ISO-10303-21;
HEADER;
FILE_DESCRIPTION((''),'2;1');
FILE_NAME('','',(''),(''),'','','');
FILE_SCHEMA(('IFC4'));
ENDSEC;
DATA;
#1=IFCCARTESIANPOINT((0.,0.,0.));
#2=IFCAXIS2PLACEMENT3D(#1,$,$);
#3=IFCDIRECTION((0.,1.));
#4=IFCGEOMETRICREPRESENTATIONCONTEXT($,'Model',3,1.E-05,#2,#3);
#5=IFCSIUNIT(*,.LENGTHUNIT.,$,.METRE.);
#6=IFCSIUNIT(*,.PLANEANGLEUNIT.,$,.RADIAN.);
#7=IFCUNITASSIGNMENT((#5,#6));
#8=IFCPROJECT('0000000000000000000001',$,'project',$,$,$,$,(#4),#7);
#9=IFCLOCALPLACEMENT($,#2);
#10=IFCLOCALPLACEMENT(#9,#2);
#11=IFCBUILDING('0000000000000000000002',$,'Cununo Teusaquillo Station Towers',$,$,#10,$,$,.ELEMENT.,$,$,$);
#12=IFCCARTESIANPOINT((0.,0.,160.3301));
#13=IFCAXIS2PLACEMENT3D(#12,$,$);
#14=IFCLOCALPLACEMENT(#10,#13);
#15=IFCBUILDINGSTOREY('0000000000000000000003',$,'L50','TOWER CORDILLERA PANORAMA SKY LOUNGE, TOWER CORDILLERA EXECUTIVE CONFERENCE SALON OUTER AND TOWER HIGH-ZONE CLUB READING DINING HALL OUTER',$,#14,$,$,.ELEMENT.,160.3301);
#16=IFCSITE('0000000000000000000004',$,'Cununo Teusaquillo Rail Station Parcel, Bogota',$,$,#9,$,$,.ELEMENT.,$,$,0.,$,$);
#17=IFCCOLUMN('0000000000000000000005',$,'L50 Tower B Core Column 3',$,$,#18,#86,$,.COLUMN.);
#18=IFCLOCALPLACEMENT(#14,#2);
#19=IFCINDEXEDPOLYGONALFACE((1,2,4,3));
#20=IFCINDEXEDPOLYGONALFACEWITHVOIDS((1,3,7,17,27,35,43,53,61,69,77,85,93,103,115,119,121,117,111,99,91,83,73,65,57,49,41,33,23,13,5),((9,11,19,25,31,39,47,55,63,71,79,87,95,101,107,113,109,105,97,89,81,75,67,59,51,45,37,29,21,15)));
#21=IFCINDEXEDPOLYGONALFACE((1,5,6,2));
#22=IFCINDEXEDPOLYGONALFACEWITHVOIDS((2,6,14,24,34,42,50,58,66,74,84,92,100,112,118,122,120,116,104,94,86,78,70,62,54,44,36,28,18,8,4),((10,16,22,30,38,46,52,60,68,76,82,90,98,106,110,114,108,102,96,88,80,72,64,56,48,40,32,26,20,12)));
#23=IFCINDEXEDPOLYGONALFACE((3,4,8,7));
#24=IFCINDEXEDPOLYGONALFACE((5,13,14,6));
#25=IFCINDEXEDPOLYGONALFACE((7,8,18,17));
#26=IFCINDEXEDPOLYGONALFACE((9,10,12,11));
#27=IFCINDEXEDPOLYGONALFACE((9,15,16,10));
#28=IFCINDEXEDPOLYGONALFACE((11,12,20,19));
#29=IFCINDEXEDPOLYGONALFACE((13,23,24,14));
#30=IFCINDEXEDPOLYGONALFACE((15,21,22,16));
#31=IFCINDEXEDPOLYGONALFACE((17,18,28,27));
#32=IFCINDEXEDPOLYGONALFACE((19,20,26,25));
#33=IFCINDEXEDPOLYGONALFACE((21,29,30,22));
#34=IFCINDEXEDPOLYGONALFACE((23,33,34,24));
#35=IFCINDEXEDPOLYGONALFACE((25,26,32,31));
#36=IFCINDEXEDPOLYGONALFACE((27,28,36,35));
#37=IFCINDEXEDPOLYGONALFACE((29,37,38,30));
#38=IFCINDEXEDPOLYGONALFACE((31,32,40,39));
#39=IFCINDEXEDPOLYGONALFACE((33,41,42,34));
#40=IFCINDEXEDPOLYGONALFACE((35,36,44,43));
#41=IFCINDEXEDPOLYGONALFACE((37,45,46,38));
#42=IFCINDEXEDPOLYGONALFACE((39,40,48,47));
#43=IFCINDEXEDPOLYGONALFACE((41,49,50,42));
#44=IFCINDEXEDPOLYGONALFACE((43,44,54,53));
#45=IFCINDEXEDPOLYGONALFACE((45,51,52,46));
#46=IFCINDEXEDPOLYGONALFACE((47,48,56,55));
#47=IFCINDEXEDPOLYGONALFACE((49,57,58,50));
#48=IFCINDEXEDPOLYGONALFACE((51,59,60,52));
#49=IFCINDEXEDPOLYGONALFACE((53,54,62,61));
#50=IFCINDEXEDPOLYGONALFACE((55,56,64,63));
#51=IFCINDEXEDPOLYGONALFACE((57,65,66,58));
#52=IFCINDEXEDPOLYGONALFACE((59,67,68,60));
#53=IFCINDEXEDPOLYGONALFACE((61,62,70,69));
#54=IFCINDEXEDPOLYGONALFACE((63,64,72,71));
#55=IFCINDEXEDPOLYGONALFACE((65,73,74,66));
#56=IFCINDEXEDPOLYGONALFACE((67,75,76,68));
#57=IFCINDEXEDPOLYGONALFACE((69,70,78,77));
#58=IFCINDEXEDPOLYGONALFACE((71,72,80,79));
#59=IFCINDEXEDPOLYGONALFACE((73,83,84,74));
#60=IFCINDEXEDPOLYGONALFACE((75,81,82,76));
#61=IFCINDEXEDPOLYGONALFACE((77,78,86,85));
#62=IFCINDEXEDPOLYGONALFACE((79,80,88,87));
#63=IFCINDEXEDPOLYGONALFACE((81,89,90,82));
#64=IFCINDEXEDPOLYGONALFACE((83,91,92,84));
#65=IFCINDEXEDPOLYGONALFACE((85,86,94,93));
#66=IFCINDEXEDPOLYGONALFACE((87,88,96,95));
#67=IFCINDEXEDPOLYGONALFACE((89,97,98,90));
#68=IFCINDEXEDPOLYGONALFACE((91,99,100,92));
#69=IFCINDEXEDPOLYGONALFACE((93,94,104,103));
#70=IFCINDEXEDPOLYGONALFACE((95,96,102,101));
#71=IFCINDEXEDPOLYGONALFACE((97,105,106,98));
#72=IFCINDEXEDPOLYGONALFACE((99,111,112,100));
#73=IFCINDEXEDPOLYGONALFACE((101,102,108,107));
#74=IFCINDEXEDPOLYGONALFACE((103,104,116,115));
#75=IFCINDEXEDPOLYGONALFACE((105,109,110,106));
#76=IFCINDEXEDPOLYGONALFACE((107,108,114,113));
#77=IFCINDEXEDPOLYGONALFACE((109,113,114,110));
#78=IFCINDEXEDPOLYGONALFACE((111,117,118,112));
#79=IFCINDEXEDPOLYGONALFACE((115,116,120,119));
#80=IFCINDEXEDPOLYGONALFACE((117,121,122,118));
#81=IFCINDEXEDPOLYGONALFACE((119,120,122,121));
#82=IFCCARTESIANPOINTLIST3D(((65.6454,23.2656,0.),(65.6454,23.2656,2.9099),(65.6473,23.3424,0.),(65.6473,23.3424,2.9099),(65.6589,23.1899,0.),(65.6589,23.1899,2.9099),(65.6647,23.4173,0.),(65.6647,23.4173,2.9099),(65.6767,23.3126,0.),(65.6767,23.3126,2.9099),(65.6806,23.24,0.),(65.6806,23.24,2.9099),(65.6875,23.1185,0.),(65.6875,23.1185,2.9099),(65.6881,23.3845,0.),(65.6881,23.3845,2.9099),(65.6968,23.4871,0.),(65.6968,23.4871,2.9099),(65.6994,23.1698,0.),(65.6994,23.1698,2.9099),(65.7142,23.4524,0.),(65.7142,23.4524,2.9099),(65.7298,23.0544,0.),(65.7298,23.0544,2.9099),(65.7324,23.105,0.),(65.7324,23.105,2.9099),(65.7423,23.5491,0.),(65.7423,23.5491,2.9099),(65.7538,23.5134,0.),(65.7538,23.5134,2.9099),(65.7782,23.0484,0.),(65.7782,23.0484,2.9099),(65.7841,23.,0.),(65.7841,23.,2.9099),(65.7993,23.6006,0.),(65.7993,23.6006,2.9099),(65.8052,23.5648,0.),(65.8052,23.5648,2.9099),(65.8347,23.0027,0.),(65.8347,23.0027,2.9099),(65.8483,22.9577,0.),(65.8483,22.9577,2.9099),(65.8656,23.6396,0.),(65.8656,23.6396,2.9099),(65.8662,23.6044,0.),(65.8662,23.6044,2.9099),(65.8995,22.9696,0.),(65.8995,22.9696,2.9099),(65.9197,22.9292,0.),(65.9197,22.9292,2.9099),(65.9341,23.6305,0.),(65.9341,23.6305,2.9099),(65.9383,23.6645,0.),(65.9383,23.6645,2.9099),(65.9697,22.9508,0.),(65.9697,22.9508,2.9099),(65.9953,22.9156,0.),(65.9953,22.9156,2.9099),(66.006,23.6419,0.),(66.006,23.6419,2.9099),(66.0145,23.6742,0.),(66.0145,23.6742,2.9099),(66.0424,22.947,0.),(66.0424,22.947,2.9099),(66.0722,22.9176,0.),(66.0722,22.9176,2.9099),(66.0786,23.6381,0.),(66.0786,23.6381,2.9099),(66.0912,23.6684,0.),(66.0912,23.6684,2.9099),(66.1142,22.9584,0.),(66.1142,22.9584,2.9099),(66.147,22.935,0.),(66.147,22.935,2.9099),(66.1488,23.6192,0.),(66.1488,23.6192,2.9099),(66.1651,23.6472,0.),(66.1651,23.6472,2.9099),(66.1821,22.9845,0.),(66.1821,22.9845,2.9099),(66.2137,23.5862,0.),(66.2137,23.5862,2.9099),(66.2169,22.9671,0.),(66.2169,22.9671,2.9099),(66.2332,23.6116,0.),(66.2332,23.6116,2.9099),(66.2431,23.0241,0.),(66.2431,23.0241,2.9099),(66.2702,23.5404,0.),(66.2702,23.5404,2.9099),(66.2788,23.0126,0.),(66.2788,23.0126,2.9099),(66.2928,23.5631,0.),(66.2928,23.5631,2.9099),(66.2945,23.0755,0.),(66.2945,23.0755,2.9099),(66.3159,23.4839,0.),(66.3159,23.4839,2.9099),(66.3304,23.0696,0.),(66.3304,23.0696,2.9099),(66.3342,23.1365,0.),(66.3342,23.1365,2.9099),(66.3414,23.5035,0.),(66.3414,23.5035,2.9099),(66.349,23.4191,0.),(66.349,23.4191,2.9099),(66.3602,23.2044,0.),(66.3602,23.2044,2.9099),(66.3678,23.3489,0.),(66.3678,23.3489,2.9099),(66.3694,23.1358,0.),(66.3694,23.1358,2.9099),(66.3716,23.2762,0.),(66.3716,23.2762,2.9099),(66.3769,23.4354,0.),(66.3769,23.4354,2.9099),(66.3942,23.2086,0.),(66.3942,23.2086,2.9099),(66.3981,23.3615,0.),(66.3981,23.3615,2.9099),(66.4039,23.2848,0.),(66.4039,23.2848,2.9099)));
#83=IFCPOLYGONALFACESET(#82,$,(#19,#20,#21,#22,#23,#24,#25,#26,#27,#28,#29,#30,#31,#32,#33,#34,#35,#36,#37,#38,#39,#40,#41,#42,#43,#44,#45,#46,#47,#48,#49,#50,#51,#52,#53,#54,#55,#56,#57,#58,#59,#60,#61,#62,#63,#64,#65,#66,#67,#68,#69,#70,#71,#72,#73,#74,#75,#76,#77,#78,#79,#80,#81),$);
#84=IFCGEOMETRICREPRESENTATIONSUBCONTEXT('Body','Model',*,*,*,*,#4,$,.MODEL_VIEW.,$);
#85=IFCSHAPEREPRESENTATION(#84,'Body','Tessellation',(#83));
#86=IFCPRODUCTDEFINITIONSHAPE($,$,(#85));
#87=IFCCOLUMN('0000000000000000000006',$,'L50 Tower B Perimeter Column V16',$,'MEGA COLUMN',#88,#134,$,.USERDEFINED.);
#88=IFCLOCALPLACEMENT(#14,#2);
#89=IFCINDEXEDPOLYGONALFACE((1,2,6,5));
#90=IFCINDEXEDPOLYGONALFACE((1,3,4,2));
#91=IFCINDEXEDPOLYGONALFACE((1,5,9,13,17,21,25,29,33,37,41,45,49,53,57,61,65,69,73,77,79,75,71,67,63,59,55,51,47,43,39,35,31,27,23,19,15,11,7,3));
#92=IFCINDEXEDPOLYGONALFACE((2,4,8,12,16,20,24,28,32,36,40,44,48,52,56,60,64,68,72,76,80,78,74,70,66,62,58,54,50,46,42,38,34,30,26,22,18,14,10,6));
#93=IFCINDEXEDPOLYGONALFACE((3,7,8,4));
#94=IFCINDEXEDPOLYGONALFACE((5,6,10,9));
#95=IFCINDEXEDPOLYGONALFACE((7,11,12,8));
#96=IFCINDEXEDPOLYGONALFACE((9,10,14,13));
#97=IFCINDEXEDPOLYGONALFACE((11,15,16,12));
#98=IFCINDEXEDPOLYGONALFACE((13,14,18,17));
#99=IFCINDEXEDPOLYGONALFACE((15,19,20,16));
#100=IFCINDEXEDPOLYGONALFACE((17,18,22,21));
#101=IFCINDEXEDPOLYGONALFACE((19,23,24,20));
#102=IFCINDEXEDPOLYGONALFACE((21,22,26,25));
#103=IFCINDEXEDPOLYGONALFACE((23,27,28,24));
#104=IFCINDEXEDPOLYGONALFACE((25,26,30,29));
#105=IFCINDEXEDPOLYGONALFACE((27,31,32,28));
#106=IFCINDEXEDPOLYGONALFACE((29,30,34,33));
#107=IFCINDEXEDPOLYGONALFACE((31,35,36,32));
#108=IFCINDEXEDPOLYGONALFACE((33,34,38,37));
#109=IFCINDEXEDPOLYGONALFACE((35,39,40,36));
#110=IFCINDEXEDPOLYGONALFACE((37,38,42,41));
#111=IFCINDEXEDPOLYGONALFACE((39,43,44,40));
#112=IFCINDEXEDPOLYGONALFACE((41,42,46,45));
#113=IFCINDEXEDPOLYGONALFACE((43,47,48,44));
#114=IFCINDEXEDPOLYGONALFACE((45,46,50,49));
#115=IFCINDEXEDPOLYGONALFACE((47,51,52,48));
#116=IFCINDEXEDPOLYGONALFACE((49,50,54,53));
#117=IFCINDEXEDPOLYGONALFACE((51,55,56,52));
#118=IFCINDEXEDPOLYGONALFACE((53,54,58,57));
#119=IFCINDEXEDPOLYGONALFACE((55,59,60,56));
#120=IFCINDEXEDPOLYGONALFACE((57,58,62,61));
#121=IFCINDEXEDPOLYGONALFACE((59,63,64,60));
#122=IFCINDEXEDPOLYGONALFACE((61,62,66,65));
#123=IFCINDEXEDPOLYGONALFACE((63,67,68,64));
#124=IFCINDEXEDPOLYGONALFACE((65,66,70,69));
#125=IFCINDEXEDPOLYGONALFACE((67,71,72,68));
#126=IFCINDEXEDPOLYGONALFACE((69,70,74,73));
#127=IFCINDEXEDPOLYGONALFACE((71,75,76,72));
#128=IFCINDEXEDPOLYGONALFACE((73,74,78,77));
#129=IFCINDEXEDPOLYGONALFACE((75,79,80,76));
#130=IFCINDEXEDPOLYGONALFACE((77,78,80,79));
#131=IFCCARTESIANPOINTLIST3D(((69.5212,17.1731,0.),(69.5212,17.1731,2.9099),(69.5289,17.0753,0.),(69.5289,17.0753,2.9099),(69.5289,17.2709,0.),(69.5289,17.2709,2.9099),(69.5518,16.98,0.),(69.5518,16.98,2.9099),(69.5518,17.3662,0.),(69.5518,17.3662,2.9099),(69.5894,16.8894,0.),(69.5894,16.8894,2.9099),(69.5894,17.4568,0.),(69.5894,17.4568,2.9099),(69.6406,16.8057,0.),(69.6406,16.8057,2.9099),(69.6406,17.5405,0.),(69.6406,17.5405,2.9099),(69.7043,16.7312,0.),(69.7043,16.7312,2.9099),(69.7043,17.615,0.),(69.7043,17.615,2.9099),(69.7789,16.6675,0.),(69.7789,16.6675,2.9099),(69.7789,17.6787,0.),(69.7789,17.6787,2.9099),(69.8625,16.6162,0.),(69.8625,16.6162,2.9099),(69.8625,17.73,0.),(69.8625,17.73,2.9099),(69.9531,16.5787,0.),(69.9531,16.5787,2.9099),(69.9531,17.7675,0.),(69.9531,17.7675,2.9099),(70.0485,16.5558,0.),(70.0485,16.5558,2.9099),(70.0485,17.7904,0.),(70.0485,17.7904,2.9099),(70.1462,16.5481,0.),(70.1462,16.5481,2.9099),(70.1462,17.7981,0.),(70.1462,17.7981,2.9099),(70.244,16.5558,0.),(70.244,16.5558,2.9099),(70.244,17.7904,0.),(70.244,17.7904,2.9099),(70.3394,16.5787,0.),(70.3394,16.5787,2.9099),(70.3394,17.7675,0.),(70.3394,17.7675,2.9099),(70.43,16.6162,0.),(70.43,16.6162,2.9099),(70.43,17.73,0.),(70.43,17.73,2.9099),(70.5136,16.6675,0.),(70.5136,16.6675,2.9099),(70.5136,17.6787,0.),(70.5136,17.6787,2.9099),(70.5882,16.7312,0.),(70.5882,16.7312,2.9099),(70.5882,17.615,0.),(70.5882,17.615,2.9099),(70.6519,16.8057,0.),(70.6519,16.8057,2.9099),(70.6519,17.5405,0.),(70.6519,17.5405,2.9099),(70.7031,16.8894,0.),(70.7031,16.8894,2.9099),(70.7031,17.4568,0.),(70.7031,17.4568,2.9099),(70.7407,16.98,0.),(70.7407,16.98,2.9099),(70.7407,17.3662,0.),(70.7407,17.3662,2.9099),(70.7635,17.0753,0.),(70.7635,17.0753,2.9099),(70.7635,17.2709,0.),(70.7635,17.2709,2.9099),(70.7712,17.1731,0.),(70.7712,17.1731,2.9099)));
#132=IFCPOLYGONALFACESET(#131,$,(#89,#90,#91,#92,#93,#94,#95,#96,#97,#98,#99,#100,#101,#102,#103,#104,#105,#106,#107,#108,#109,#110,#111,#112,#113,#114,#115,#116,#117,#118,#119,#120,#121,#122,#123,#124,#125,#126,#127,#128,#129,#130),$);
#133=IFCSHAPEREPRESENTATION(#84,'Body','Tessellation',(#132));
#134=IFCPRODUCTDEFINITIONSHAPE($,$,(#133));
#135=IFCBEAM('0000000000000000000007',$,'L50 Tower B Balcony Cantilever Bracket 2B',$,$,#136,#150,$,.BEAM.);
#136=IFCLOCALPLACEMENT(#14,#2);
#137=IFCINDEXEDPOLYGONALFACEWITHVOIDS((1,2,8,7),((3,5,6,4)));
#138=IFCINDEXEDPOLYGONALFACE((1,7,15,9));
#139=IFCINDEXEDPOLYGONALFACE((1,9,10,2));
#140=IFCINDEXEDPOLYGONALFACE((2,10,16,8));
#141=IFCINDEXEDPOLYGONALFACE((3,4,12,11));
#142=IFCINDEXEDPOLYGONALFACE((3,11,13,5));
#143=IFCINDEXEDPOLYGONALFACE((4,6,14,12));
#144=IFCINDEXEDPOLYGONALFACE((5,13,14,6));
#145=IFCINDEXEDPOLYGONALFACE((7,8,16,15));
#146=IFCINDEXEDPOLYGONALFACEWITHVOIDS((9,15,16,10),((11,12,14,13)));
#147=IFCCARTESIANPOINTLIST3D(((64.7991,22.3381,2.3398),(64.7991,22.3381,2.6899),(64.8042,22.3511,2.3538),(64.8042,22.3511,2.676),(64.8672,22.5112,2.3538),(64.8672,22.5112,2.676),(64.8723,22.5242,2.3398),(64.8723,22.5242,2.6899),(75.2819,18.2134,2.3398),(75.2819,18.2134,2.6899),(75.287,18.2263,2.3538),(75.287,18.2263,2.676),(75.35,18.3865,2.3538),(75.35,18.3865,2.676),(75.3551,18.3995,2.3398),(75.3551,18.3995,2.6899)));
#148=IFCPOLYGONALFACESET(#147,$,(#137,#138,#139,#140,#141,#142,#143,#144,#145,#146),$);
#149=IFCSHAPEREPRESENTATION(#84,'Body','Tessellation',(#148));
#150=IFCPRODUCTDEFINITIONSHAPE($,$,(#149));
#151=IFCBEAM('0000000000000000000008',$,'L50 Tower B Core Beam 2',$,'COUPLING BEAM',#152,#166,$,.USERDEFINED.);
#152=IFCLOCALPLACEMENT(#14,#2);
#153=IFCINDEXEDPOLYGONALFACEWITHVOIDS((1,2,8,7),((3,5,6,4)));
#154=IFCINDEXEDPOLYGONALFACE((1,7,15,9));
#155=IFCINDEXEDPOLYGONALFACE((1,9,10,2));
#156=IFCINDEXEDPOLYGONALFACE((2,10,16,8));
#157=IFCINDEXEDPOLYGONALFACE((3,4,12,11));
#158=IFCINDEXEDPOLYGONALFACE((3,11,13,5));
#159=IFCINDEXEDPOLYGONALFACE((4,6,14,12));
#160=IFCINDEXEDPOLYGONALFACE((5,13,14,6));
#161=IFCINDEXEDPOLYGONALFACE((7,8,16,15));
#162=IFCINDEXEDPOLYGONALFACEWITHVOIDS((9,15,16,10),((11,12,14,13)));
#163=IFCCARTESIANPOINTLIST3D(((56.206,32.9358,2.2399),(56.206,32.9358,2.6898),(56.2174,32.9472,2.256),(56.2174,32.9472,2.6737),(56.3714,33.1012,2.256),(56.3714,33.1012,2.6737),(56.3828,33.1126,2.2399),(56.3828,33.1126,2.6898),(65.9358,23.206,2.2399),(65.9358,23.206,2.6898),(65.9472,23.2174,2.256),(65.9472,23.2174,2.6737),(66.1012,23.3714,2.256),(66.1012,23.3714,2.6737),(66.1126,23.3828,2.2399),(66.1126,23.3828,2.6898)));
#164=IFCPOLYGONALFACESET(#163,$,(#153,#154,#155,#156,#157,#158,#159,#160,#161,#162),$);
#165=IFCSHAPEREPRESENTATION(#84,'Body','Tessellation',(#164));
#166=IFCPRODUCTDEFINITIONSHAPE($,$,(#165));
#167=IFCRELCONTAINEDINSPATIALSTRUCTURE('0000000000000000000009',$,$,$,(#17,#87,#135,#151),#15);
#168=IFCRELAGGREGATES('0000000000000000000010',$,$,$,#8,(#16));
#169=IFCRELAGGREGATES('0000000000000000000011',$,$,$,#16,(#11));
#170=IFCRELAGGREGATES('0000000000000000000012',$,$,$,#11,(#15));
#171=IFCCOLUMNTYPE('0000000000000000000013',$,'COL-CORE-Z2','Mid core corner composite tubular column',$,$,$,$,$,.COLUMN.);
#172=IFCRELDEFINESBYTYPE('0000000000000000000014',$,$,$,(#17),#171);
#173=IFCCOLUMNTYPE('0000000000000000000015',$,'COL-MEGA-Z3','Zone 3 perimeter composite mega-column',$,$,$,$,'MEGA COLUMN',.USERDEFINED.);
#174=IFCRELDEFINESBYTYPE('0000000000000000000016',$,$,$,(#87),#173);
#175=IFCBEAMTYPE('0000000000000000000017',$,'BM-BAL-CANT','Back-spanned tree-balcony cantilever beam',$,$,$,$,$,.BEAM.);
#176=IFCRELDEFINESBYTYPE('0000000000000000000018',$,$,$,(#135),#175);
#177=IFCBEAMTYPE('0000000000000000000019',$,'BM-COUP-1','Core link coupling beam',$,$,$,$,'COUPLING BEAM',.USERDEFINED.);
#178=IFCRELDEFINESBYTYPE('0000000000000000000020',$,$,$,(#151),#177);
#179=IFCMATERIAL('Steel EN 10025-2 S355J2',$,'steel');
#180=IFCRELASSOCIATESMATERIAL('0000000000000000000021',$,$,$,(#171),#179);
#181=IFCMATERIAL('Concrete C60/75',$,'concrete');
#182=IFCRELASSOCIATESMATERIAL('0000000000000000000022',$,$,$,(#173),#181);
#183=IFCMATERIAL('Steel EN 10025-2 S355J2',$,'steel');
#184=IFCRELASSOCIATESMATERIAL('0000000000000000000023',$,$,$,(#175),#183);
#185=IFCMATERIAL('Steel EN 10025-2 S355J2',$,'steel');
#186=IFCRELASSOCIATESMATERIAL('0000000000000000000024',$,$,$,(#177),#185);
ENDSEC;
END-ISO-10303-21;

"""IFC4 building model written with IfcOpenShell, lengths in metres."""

from ifc_helpers import new_model, si_unit, direction, frame, origin, origin_2d, place, context, subcontext, project, spatial, hollow_rectangle, circle, hollow_circle, extrude, material, material_profile, profile_set, type_object, element, save


model = new_model("IFC4")

# Units and contexts
model_context = context("Model", 3, precision=1e-05, world=origin(), true_north=direction((0.0, 1.0)))
body_context = subcontext(model_context, "Body", "Model", "MODEL_VIEW")
ifc_project = project(units=[si_unit("LENGTHUNIT", "METRE"), si_unit("PLANEANGLEUNIT", "RADIAN")], contexts=[model_context])

# Site, building, storey
site_placement = place(None, origin())
site = spatial("IfcSite", under=ifc_project, at=site_placement, Name="Cununo Teusaquillo Rail Station Parcel, Bogota", CompositionType="ELEMENT", RefElevation=0.0)
building_placement = place(site_placement, origin())
building = spatial("IfcBuilding", under=site, at=building_placement, Name="Cununo Teusaquillo Station Towers", CompositionType="ELEMENT")
storey_placement = place(building_placement, frame((0.0, 0.0, 160.3301)))
storey = spatial("IfcBuildingStorey", under=building, at=storey_placement, Name="L50", Description="TOWER CORDILLERA PANORAMA SKY LOUNGE, TOWER CORDILLERA EXECUTIVE CONFERENCE SALON OUTER AND TOWER HIGH-ZONE CLUB READING DINING HALL OUTER", CompositionType="ELEMENT", Elevation=160.3301)

# Columns
ifc_material_1 = material(Name="Steel EN 10025-2 S355J2", Category="steel")
ifc_material_profile_1 = material_profile(ifc_material_1, hollow_circle(Radius=0.3799, WallThickness=0.032, at=origin_2d()), Name="CHS 760x32")
ifc_profile_set_1 = profile_set([ifc_material_profile_1], Name="Steel EN 10025-2 S355J2")
column_type_1 = type_object("IfcColumnType", Name="COL-CORE-Z2", Description="Mid core corner composite tubular column", PredefinedType="COLUMN", material=ifc_profile_set_1)
column_1_placement = place(storey_placement, frame((66.0242, 23.2944, 0.0), z_axis=(0.0, 0.0, 1.0), x_axis=(0.707107, 0.707107, 0.0)))
element("IfcColumn", 1, at=column_1_placement, inside=storey, type_object=column_type_1, Name="L50 Tower B Core Column 3", PredefinedType="COLUMN", context=body_context, shape_type="SweptSolid", body=[
    extrude(hollow_circle(Radius=0.3799, WallThickness=0.032, at=origin_2d()), origin(), (0.0, 0.0, 1.0), 2.9099),
])
ifc_material_2 = material(Name="Concrete C60/75", Category="concrete")
ifc_material_profile_2 = material_profile(ifc_material_2, circle(Radius=0.625, at=origin_2d()), Name="RC-CIRC-1250")
ifc_profile_set_2 = profile_set([ifc_material_profile_2], Name="Concrete C60/75")
column_type_2 = type_object("IfcColumnType", Name="COL-MEGA-Z3", Description="Zone 3 perimeter composite mega-column", ElementType="MEGA COLUMN", PredefinedType="USERDEFINED", material=ifc_profile_set_2)
column_2_placement = place(storey_placement, frame((70.1462, 17.1731, 0.0), z_axis=(0.0, 0.0, 1.0), x_axis=(1.0, 0.0, 0.0)))
element("IfcColumn", 2, at=column_2_placement, inside=storey, type_object=column_type_2, Name="L50 Tower B Perimeter Column V16", ObjectType="MEGA COLUMN", PredefinedType="USERDEFINED", context=body_context, shape_type="SweptSolid", body=[
    extrude(circle(Radius=0.625, at=origin_2d()), origin(), (0.0, 0.0, 1.0), 2.9099),
])

# Beams
ifc_material_3 = material(Name="Steel EN 10025-2 S355J2", Category="steel")
ifc_material_profile_3 = material_profile(ifc_material_3, hollow_rectangle(XDim=0.2, YDim=0.3501, WallThickness=0.0139, at=origin_2d()), Name="RHS 350x200x14")
ifc_profile_set_3 = profile_set([ifc_material_profile_3], Name="Steel EN 10025-2 S355J2")
beam_type_1 = type_object("IfcBeamType", Name="BM-BAL-CANT", Description="Back-spanned tree-balcony cantilever beam", PredefinedType="BEAM", material=ifc_profile_set_3)
beam_1_placement = place(storey_placement, frame((64.8357, 22.4312, 2.5149), z_axis=(0.930556, -0.36615, 0.0), x_axis=(0.36615, 0.930556, 0.0)))
element("IfcBeam", 3, at=beam_1_placement, inside=storey, type_object=beam_type_1, Name="L50 Tower B Balcony Cantilever Bracket 2B", PredefinedType="BEAM", context=body_context, shape_type="SweptSolid", body=[
    extrude(hollow_rectangle(XDim=0.2, YDim=0.3501, WallThickness=0.0139, at=origin_2d()), origin(), (0.0, 0.0, 1.0), 11.2651),
])
ifc_material_4 = material(Name="Steel EN 10025-2 S355J2", Category="steel")
ifc_material_profile_4 = material_profile(ifc_material_4, hollow_rectangle(XDim=0.25, YDim=0.45, WallThickness=0.0161, at=origin_2d()), Name="RHS 450x250x16")
ifc_profile_set_4 = profile_set([ifc_material_profile_4], Name="Steel EN 10025-2 S355J2")
beam_type_2 = type_object("IfcBeamType", Name="BM-COUP-1", Description="Core link coupling beam", ElementType="COUPLING BEAM", PredefinedType="USERDEFINED", material=ifc_profile_set_4)
beam_2_placement = place(storey_placement, frame((66.0242, 23.2944, 2.4648), z_axis=(-0.707107, 0.707107, 0.0), x_axis=(-0.707107, -0.707107, 0.0)))
element("IfcBeam", 4, at=beam_2_placement, inside=storey, type_object=beam_type_2, Name="L50 Tower B Core Beam 2", ObjectType="COUPLING BEAM", PredefinedType="USERDEFINED", context=body_context, shape_type="SweptSolid", body=[
    extrude(hollow_rectangle(XDim=0.25, YDim=0.45, WallThickness=0.0161, at=origin_2d()), origin(), (0.0, 0.0, 1.0), 13.76),
])

save(model, "model.ifc")
